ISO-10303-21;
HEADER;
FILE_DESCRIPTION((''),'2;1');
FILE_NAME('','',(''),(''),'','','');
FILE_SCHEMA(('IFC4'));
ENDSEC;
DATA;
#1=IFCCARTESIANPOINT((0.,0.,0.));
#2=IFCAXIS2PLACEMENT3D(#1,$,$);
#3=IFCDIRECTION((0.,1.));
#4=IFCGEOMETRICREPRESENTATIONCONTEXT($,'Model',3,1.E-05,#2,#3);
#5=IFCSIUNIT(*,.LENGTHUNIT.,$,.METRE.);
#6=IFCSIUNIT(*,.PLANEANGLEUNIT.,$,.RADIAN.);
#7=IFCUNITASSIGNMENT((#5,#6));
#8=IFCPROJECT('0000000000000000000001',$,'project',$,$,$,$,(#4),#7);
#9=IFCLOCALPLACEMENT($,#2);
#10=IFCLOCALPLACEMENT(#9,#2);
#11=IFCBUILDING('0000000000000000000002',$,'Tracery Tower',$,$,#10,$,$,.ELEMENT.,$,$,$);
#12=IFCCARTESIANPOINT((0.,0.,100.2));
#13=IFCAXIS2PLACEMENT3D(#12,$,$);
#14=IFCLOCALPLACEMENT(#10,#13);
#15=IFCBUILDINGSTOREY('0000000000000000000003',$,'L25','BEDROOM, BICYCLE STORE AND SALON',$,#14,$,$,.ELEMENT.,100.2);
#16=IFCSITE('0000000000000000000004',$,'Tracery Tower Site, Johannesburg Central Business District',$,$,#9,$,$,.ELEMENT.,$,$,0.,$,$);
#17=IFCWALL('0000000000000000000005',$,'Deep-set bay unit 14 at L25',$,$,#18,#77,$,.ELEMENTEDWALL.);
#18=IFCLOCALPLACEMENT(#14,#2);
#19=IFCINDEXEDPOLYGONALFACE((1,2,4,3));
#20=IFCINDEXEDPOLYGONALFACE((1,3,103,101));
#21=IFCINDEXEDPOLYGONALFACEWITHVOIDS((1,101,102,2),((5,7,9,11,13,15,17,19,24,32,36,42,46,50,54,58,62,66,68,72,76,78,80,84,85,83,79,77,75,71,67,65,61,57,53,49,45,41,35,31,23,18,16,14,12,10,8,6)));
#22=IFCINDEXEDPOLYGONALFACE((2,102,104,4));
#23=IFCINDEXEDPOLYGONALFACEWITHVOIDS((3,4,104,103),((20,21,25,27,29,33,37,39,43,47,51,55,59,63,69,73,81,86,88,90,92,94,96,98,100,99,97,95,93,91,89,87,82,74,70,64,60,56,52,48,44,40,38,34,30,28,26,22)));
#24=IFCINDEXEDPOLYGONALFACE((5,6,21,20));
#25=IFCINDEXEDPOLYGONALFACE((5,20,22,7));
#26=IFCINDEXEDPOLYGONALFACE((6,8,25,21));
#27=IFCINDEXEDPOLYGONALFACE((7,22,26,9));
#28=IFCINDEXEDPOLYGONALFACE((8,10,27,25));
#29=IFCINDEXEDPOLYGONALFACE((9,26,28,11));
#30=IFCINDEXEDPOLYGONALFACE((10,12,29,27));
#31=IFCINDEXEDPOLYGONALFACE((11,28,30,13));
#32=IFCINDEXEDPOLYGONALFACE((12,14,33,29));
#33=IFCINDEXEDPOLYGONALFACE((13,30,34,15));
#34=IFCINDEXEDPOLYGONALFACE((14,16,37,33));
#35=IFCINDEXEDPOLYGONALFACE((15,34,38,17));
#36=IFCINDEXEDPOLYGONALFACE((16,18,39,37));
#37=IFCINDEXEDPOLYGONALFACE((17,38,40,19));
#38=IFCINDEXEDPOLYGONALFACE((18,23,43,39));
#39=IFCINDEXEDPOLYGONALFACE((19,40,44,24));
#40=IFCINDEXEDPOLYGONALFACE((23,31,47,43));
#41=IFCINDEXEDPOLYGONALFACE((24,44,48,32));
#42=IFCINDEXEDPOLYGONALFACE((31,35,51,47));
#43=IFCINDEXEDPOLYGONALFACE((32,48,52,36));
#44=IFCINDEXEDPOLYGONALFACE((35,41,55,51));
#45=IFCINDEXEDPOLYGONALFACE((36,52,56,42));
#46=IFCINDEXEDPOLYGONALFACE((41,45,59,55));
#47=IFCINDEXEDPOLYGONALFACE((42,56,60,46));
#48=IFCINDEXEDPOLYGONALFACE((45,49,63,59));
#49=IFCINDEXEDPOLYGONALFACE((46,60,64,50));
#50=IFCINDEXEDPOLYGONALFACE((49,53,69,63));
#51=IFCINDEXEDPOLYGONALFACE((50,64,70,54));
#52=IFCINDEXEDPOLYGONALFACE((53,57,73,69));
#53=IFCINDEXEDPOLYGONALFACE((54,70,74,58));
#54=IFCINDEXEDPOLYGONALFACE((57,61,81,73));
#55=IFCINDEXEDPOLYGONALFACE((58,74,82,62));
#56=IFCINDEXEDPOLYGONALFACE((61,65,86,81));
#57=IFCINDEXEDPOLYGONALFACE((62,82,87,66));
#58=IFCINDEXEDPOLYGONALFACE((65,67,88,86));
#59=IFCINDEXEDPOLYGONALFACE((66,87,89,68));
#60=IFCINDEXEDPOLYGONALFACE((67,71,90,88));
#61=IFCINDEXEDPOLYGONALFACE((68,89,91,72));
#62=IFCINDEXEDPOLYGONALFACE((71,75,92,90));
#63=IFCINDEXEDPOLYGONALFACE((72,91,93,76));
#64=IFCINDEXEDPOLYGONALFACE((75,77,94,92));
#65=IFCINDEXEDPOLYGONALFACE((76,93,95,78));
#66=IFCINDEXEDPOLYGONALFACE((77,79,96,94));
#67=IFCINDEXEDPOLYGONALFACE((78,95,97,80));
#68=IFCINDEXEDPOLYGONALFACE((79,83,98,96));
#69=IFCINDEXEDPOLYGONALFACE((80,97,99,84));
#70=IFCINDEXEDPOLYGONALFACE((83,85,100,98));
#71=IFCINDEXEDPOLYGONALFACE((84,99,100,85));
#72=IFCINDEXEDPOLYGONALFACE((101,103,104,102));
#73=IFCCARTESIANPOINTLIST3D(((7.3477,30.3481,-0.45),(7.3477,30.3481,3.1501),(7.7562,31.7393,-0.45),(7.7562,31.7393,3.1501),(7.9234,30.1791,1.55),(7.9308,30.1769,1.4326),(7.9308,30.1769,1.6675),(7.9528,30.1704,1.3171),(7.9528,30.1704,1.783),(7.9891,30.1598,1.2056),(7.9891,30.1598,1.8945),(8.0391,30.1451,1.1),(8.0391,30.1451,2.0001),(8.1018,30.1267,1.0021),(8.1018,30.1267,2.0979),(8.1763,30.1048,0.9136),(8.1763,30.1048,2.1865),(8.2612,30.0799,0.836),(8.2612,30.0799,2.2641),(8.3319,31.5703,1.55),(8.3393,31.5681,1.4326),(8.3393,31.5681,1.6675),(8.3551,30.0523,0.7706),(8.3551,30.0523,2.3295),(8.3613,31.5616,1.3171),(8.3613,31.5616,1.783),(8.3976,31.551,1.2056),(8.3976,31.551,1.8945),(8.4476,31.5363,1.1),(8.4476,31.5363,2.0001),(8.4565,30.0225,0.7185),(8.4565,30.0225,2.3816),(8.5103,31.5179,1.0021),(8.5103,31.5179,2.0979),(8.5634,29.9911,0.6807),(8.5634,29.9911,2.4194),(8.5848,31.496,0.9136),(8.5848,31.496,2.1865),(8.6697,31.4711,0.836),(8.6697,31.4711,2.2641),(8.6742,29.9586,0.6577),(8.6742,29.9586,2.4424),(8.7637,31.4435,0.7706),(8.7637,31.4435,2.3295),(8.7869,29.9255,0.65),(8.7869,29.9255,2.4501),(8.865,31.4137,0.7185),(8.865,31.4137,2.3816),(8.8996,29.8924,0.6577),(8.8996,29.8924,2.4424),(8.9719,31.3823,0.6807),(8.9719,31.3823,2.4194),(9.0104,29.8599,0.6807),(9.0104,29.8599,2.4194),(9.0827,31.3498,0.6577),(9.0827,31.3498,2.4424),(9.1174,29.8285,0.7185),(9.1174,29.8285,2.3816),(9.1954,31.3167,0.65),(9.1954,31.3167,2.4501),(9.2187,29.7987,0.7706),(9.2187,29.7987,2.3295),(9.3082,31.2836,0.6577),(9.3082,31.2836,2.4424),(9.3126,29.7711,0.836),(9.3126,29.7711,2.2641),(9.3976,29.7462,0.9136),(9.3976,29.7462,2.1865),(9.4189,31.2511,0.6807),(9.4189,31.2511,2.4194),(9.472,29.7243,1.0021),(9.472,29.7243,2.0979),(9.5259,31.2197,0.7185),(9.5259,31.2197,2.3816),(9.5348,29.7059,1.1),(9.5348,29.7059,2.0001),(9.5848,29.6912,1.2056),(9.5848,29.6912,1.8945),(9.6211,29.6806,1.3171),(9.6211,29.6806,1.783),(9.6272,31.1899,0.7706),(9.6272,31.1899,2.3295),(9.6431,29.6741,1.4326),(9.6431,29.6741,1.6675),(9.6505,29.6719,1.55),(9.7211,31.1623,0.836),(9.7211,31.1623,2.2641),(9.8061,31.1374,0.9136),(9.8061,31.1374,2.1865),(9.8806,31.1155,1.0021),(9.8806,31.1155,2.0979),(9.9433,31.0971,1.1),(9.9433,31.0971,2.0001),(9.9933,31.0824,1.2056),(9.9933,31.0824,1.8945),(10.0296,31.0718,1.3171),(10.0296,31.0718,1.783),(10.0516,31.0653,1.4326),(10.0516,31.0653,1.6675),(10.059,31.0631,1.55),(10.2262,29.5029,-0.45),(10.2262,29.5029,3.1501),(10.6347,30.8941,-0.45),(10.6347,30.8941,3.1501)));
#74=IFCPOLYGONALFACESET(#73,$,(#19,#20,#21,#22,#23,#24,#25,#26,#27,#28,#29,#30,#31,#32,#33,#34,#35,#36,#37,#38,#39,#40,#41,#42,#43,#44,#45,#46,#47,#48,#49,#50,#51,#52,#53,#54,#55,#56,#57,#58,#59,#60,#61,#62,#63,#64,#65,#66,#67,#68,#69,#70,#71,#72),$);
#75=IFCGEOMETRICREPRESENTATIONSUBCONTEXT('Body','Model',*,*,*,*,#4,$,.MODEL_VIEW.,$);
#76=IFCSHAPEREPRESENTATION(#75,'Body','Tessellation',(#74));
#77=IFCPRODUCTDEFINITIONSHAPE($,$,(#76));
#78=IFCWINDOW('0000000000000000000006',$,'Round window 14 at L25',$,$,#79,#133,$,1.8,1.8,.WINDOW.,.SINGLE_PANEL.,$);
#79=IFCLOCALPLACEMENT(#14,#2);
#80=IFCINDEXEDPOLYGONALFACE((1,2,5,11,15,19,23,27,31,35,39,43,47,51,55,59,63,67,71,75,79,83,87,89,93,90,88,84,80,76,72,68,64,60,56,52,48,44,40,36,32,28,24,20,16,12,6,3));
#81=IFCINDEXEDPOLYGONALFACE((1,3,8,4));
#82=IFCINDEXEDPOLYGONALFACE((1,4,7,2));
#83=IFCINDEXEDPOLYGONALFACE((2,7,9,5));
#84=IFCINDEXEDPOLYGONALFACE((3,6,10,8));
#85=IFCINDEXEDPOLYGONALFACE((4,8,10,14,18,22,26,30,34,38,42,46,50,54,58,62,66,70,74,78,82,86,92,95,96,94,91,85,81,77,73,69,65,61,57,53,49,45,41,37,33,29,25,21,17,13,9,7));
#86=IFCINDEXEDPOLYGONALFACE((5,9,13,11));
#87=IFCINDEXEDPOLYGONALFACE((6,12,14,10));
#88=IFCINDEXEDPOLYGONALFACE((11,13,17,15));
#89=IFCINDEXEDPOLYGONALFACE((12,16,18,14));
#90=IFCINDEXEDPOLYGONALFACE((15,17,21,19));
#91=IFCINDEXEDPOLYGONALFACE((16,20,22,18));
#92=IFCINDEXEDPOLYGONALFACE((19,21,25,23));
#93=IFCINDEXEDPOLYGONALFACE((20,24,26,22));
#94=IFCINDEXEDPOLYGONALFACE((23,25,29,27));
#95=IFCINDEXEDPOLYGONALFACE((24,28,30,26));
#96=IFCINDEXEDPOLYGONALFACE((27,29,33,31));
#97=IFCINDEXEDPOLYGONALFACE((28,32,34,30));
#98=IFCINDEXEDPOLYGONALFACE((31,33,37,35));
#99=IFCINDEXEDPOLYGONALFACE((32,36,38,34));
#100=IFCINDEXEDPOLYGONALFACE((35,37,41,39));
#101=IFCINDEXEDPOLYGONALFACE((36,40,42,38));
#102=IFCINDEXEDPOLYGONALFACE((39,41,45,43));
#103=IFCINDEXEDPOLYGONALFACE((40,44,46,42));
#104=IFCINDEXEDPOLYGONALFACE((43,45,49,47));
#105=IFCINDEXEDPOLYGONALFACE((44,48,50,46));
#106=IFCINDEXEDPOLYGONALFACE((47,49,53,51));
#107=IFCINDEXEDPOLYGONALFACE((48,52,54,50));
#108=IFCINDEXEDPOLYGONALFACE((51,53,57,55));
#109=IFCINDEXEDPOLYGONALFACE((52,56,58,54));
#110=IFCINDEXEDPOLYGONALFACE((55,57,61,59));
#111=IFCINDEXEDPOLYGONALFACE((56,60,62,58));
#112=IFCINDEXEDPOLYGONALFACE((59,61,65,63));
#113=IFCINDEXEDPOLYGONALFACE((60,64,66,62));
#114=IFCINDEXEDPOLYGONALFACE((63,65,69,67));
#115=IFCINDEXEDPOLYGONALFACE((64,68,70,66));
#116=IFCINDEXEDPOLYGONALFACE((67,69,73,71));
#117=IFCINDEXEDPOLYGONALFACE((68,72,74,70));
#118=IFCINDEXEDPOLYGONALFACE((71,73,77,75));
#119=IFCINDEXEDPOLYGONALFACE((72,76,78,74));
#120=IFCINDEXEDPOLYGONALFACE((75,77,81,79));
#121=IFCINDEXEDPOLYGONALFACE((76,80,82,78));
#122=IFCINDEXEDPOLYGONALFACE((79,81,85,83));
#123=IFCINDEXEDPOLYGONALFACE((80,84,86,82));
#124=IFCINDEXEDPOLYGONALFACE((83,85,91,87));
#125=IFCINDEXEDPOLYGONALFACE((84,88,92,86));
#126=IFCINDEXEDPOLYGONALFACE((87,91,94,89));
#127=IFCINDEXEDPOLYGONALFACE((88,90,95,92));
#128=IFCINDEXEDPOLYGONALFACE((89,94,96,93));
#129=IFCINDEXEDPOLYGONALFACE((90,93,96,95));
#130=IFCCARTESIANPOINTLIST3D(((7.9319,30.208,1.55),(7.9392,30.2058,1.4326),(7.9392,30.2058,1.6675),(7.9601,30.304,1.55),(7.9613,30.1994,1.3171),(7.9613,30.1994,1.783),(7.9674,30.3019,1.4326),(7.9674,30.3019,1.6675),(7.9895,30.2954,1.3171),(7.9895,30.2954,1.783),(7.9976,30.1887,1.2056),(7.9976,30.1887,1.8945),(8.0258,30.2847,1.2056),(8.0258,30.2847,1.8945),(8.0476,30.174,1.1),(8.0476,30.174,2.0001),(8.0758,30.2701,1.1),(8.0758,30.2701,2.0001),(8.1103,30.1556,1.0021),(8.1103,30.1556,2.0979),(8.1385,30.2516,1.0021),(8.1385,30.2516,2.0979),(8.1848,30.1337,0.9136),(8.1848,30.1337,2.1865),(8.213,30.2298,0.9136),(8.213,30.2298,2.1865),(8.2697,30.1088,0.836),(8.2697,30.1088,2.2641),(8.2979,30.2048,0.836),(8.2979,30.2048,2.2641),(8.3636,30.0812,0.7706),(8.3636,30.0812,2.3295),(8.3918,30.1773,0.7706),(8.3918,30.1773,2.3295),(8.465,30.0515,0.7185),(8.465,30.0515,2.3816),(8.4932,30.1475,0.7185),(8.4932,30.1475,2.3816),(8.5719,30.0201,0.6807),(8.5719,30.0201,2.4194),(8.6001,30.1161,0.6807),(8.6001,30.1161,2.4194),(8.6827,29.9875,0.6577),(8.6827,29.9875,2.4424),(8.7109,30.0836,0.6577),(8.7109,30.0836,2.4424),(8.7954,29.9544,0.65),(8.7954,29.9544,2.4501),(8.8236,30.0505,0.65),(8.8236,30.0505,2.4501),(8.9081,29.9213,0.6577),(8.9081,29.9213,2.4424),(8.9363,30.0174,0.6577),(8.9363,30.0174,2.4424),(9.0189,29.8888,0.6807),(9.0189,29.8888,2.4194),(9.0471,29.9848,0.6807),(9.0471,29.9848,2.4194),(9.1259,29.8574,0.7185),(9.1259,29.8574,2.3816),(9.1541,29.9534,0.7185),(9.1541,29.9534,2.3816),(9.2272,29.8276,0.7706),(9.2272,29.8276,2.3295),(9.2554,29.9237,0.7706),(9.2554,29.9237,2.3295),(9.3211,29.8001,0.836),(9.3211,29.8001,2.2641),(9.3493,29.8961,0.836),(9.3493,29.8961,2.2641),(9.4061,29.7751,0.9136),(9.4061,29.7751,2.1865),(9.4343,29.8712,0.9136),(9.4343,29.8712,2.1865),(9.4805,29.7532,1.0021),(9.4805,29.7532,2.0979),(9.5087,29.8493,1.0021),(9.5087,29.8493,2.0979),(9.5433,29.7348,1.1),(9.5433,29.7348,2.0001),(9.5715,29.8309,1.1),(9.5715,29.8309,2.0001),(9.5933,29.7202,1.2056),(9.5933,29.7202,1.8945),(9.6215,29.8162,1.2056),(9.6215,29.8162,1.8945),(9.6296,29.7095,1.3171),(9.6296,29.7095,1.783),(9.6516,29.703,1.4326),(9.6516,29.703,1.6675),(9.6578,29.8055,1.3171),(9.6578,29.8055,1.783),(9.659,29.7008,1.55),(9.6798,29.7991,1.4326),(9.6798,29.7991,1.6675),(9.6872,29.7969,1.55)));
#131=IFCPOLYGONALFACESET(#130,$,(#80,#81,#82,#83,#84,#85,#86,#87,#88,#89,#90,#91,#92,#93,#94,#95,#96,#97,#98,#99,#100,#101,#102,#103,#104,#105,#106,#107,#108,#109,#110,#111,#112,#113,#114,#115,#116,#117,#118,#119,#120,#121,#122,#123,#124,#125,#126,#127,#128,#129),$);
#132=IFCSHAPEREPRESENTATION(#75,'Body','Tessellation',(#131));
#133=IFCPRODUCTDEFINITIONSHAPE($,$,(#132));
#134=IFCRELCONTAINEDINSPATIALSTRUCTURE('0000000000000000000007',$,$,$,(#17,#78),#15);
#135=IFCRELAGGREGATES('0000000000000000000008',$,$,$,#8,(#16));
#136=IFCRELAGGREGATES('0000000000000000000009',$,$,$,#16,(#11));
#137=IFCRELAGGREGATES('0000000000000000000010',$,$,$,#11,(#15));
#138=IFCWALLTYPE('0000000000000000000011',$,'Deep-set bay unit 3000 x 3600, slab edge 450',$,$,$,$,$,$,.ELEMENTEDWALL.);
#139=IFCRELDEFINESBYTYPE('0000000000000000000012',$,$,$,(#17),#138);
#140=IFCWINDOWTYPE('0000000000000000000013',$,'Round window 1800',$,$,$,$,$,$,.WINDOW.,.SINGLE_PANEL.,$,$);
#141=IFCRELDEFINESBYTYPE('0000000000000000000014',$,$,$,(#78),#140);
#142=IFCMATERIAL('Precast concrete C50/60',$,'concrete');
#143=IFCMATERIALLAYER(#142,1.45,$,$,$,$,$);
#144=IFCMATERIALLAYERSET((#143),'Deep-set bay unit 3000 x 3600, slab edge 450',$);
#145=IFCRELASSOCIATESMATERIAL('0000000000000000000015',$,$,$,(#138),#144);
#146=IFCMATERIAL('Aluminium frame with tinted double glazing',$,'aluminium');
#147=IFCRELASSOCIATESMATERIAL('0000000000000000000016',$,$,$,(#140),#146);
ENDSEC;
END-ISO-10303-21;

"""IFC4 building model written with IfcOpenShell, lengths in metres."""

from ifc_helpers import new_model, si_unit, direction, frame, frame_2d, origin, origin_2d, place, context, subcontext, project, spatial, rectangle, circle, extrude, material, layer, layer_set, type_object, element, fill, save


model = new_model("IFC4")

# Units and contexts
model_context = context("Model", 3, precision=1e-05, world=origin(), true_north=direction((0.0, 1.0)))
body_context = subcontext(model_context, "Body", "Model", "MODEL_VIEW")
ifc_project = project(units=[si_unit("LENGTHUNIT", "METRE"), si_unit("PLANEANGLEUNIT", "RADIAN")], contexts=[model_context])

# Site, building, storey
site_placement = place(None, origin())
site = spatial("IfcSite", under=ifc_project, at=site_placement, Name="Tracery Tower Site, Johannesburg Central Business District", CompositionType="ELEMENT", RefElevation=0.0)
building_placement = place(site_placement, origin())
building = spatial("IfcBuilding", under=site, at=building_placement, Name="Tracery Tower", CompositionType="ELEMENT")
storey_placement = place(building_placement, frame((0.0, 0.0, 100.2)))
storey = spatial("IfcBuildingStorey", under=building, at=storey_placement, Name="L25", Description="BEDROOM, BICYCLE STORE AND SALON", CompositionType="ELEMENT", Elevation=100.2)

# Wall, opening, window
ifc_material_1 = material(Name="Precast concrete C50/60", Category="concrete")
ifc_layer_1 = layer(ifc_material_1, 1.45)
ifc_layer_set_1 = layer_set([ifc_layer_1], Name="Deep-set bay unit 3000 x 3600, slab edge 450")
wall_type_1 = type_object("IfcWallType", Name="Deep-set bay unit 3000 x 3600, slab edge 450", PredefinedType="ELEMENTEDWALL", material=ifc_layer_set_1)
wall_1_placement = place(storey_placement, frame((10.4304, 30.1985, -0.45), z_axis=(0.0, 0.0, 1.0), x_axis=(-0.95949, 0.281743, 0.0)))
wall_1 = element("IfcWall", 1, at=wall_1_placement, inside=storey, type_object=wall_type_1, Name="Deep-set bay unit 14 at L25", PredefinedType="ELEMENTEDWALL", context=body_context, shape_type="SweptSolid", body=[
    extrude(rectangle(XDim=3.0, YDim=1.45, at=frame_2d((1.5, 0.0))), origin(), (0.0, 0.0, 1.0), 3.6001),
])
opening_1_placement = place(wall_1_placement, frame((1.5, 0.0, 2.0)))
opening_1 = element("IfcOpeningElement", 2, at=opening_1_placement, cuts=wall_1, PredefinedType="OPENING", context=body_context, shape_type="SweptSolid", body=[
    extrude(circle(Radius=0.9, at=origin_2d()), frame((0.0, 0.7349, 0.0), z_axis=(0.0, -1.0, 0.0), x_axis=(1.0, 0.0, 0.0)), (0.0, 0.0, 1.0), 1.47),
])
ifc_material_2 = material(Name="Aluminium frame with tinted double glazing", Category="aluminium")
window_type = type_object("IfcWindowType", Name="Round window 1800", PartitioningType="SINGLE_PANEL", PredefinedType="WINDOW", material=ifc_material_2)
window_1_placement = place(opening_1_placement, origin())
window_1 = element("IfcWindow", 3, at=window_1_placement, inside=storey, type_object=window_type, Name="Round window 14 at L25", OverallHeight=1.8, OverallWidth=1.8, PartitioningType="SINGLE_PANEL", PredefinedType="WINDOW", context=body_context, shape_type="SweptSolid", body=[
    extrude(circle(Radius=0.9, at=origin_2d()), frame((0.0, 0.6948, 0.0), z_axis=(0.0, -1.0, 0.0), x_axis=(1.0, 0.0, 0.0)), (0.0, 0.0, 1.0), 0.1001),
])
fill(opening_1, window_1)

save(model, "model.ifc")
